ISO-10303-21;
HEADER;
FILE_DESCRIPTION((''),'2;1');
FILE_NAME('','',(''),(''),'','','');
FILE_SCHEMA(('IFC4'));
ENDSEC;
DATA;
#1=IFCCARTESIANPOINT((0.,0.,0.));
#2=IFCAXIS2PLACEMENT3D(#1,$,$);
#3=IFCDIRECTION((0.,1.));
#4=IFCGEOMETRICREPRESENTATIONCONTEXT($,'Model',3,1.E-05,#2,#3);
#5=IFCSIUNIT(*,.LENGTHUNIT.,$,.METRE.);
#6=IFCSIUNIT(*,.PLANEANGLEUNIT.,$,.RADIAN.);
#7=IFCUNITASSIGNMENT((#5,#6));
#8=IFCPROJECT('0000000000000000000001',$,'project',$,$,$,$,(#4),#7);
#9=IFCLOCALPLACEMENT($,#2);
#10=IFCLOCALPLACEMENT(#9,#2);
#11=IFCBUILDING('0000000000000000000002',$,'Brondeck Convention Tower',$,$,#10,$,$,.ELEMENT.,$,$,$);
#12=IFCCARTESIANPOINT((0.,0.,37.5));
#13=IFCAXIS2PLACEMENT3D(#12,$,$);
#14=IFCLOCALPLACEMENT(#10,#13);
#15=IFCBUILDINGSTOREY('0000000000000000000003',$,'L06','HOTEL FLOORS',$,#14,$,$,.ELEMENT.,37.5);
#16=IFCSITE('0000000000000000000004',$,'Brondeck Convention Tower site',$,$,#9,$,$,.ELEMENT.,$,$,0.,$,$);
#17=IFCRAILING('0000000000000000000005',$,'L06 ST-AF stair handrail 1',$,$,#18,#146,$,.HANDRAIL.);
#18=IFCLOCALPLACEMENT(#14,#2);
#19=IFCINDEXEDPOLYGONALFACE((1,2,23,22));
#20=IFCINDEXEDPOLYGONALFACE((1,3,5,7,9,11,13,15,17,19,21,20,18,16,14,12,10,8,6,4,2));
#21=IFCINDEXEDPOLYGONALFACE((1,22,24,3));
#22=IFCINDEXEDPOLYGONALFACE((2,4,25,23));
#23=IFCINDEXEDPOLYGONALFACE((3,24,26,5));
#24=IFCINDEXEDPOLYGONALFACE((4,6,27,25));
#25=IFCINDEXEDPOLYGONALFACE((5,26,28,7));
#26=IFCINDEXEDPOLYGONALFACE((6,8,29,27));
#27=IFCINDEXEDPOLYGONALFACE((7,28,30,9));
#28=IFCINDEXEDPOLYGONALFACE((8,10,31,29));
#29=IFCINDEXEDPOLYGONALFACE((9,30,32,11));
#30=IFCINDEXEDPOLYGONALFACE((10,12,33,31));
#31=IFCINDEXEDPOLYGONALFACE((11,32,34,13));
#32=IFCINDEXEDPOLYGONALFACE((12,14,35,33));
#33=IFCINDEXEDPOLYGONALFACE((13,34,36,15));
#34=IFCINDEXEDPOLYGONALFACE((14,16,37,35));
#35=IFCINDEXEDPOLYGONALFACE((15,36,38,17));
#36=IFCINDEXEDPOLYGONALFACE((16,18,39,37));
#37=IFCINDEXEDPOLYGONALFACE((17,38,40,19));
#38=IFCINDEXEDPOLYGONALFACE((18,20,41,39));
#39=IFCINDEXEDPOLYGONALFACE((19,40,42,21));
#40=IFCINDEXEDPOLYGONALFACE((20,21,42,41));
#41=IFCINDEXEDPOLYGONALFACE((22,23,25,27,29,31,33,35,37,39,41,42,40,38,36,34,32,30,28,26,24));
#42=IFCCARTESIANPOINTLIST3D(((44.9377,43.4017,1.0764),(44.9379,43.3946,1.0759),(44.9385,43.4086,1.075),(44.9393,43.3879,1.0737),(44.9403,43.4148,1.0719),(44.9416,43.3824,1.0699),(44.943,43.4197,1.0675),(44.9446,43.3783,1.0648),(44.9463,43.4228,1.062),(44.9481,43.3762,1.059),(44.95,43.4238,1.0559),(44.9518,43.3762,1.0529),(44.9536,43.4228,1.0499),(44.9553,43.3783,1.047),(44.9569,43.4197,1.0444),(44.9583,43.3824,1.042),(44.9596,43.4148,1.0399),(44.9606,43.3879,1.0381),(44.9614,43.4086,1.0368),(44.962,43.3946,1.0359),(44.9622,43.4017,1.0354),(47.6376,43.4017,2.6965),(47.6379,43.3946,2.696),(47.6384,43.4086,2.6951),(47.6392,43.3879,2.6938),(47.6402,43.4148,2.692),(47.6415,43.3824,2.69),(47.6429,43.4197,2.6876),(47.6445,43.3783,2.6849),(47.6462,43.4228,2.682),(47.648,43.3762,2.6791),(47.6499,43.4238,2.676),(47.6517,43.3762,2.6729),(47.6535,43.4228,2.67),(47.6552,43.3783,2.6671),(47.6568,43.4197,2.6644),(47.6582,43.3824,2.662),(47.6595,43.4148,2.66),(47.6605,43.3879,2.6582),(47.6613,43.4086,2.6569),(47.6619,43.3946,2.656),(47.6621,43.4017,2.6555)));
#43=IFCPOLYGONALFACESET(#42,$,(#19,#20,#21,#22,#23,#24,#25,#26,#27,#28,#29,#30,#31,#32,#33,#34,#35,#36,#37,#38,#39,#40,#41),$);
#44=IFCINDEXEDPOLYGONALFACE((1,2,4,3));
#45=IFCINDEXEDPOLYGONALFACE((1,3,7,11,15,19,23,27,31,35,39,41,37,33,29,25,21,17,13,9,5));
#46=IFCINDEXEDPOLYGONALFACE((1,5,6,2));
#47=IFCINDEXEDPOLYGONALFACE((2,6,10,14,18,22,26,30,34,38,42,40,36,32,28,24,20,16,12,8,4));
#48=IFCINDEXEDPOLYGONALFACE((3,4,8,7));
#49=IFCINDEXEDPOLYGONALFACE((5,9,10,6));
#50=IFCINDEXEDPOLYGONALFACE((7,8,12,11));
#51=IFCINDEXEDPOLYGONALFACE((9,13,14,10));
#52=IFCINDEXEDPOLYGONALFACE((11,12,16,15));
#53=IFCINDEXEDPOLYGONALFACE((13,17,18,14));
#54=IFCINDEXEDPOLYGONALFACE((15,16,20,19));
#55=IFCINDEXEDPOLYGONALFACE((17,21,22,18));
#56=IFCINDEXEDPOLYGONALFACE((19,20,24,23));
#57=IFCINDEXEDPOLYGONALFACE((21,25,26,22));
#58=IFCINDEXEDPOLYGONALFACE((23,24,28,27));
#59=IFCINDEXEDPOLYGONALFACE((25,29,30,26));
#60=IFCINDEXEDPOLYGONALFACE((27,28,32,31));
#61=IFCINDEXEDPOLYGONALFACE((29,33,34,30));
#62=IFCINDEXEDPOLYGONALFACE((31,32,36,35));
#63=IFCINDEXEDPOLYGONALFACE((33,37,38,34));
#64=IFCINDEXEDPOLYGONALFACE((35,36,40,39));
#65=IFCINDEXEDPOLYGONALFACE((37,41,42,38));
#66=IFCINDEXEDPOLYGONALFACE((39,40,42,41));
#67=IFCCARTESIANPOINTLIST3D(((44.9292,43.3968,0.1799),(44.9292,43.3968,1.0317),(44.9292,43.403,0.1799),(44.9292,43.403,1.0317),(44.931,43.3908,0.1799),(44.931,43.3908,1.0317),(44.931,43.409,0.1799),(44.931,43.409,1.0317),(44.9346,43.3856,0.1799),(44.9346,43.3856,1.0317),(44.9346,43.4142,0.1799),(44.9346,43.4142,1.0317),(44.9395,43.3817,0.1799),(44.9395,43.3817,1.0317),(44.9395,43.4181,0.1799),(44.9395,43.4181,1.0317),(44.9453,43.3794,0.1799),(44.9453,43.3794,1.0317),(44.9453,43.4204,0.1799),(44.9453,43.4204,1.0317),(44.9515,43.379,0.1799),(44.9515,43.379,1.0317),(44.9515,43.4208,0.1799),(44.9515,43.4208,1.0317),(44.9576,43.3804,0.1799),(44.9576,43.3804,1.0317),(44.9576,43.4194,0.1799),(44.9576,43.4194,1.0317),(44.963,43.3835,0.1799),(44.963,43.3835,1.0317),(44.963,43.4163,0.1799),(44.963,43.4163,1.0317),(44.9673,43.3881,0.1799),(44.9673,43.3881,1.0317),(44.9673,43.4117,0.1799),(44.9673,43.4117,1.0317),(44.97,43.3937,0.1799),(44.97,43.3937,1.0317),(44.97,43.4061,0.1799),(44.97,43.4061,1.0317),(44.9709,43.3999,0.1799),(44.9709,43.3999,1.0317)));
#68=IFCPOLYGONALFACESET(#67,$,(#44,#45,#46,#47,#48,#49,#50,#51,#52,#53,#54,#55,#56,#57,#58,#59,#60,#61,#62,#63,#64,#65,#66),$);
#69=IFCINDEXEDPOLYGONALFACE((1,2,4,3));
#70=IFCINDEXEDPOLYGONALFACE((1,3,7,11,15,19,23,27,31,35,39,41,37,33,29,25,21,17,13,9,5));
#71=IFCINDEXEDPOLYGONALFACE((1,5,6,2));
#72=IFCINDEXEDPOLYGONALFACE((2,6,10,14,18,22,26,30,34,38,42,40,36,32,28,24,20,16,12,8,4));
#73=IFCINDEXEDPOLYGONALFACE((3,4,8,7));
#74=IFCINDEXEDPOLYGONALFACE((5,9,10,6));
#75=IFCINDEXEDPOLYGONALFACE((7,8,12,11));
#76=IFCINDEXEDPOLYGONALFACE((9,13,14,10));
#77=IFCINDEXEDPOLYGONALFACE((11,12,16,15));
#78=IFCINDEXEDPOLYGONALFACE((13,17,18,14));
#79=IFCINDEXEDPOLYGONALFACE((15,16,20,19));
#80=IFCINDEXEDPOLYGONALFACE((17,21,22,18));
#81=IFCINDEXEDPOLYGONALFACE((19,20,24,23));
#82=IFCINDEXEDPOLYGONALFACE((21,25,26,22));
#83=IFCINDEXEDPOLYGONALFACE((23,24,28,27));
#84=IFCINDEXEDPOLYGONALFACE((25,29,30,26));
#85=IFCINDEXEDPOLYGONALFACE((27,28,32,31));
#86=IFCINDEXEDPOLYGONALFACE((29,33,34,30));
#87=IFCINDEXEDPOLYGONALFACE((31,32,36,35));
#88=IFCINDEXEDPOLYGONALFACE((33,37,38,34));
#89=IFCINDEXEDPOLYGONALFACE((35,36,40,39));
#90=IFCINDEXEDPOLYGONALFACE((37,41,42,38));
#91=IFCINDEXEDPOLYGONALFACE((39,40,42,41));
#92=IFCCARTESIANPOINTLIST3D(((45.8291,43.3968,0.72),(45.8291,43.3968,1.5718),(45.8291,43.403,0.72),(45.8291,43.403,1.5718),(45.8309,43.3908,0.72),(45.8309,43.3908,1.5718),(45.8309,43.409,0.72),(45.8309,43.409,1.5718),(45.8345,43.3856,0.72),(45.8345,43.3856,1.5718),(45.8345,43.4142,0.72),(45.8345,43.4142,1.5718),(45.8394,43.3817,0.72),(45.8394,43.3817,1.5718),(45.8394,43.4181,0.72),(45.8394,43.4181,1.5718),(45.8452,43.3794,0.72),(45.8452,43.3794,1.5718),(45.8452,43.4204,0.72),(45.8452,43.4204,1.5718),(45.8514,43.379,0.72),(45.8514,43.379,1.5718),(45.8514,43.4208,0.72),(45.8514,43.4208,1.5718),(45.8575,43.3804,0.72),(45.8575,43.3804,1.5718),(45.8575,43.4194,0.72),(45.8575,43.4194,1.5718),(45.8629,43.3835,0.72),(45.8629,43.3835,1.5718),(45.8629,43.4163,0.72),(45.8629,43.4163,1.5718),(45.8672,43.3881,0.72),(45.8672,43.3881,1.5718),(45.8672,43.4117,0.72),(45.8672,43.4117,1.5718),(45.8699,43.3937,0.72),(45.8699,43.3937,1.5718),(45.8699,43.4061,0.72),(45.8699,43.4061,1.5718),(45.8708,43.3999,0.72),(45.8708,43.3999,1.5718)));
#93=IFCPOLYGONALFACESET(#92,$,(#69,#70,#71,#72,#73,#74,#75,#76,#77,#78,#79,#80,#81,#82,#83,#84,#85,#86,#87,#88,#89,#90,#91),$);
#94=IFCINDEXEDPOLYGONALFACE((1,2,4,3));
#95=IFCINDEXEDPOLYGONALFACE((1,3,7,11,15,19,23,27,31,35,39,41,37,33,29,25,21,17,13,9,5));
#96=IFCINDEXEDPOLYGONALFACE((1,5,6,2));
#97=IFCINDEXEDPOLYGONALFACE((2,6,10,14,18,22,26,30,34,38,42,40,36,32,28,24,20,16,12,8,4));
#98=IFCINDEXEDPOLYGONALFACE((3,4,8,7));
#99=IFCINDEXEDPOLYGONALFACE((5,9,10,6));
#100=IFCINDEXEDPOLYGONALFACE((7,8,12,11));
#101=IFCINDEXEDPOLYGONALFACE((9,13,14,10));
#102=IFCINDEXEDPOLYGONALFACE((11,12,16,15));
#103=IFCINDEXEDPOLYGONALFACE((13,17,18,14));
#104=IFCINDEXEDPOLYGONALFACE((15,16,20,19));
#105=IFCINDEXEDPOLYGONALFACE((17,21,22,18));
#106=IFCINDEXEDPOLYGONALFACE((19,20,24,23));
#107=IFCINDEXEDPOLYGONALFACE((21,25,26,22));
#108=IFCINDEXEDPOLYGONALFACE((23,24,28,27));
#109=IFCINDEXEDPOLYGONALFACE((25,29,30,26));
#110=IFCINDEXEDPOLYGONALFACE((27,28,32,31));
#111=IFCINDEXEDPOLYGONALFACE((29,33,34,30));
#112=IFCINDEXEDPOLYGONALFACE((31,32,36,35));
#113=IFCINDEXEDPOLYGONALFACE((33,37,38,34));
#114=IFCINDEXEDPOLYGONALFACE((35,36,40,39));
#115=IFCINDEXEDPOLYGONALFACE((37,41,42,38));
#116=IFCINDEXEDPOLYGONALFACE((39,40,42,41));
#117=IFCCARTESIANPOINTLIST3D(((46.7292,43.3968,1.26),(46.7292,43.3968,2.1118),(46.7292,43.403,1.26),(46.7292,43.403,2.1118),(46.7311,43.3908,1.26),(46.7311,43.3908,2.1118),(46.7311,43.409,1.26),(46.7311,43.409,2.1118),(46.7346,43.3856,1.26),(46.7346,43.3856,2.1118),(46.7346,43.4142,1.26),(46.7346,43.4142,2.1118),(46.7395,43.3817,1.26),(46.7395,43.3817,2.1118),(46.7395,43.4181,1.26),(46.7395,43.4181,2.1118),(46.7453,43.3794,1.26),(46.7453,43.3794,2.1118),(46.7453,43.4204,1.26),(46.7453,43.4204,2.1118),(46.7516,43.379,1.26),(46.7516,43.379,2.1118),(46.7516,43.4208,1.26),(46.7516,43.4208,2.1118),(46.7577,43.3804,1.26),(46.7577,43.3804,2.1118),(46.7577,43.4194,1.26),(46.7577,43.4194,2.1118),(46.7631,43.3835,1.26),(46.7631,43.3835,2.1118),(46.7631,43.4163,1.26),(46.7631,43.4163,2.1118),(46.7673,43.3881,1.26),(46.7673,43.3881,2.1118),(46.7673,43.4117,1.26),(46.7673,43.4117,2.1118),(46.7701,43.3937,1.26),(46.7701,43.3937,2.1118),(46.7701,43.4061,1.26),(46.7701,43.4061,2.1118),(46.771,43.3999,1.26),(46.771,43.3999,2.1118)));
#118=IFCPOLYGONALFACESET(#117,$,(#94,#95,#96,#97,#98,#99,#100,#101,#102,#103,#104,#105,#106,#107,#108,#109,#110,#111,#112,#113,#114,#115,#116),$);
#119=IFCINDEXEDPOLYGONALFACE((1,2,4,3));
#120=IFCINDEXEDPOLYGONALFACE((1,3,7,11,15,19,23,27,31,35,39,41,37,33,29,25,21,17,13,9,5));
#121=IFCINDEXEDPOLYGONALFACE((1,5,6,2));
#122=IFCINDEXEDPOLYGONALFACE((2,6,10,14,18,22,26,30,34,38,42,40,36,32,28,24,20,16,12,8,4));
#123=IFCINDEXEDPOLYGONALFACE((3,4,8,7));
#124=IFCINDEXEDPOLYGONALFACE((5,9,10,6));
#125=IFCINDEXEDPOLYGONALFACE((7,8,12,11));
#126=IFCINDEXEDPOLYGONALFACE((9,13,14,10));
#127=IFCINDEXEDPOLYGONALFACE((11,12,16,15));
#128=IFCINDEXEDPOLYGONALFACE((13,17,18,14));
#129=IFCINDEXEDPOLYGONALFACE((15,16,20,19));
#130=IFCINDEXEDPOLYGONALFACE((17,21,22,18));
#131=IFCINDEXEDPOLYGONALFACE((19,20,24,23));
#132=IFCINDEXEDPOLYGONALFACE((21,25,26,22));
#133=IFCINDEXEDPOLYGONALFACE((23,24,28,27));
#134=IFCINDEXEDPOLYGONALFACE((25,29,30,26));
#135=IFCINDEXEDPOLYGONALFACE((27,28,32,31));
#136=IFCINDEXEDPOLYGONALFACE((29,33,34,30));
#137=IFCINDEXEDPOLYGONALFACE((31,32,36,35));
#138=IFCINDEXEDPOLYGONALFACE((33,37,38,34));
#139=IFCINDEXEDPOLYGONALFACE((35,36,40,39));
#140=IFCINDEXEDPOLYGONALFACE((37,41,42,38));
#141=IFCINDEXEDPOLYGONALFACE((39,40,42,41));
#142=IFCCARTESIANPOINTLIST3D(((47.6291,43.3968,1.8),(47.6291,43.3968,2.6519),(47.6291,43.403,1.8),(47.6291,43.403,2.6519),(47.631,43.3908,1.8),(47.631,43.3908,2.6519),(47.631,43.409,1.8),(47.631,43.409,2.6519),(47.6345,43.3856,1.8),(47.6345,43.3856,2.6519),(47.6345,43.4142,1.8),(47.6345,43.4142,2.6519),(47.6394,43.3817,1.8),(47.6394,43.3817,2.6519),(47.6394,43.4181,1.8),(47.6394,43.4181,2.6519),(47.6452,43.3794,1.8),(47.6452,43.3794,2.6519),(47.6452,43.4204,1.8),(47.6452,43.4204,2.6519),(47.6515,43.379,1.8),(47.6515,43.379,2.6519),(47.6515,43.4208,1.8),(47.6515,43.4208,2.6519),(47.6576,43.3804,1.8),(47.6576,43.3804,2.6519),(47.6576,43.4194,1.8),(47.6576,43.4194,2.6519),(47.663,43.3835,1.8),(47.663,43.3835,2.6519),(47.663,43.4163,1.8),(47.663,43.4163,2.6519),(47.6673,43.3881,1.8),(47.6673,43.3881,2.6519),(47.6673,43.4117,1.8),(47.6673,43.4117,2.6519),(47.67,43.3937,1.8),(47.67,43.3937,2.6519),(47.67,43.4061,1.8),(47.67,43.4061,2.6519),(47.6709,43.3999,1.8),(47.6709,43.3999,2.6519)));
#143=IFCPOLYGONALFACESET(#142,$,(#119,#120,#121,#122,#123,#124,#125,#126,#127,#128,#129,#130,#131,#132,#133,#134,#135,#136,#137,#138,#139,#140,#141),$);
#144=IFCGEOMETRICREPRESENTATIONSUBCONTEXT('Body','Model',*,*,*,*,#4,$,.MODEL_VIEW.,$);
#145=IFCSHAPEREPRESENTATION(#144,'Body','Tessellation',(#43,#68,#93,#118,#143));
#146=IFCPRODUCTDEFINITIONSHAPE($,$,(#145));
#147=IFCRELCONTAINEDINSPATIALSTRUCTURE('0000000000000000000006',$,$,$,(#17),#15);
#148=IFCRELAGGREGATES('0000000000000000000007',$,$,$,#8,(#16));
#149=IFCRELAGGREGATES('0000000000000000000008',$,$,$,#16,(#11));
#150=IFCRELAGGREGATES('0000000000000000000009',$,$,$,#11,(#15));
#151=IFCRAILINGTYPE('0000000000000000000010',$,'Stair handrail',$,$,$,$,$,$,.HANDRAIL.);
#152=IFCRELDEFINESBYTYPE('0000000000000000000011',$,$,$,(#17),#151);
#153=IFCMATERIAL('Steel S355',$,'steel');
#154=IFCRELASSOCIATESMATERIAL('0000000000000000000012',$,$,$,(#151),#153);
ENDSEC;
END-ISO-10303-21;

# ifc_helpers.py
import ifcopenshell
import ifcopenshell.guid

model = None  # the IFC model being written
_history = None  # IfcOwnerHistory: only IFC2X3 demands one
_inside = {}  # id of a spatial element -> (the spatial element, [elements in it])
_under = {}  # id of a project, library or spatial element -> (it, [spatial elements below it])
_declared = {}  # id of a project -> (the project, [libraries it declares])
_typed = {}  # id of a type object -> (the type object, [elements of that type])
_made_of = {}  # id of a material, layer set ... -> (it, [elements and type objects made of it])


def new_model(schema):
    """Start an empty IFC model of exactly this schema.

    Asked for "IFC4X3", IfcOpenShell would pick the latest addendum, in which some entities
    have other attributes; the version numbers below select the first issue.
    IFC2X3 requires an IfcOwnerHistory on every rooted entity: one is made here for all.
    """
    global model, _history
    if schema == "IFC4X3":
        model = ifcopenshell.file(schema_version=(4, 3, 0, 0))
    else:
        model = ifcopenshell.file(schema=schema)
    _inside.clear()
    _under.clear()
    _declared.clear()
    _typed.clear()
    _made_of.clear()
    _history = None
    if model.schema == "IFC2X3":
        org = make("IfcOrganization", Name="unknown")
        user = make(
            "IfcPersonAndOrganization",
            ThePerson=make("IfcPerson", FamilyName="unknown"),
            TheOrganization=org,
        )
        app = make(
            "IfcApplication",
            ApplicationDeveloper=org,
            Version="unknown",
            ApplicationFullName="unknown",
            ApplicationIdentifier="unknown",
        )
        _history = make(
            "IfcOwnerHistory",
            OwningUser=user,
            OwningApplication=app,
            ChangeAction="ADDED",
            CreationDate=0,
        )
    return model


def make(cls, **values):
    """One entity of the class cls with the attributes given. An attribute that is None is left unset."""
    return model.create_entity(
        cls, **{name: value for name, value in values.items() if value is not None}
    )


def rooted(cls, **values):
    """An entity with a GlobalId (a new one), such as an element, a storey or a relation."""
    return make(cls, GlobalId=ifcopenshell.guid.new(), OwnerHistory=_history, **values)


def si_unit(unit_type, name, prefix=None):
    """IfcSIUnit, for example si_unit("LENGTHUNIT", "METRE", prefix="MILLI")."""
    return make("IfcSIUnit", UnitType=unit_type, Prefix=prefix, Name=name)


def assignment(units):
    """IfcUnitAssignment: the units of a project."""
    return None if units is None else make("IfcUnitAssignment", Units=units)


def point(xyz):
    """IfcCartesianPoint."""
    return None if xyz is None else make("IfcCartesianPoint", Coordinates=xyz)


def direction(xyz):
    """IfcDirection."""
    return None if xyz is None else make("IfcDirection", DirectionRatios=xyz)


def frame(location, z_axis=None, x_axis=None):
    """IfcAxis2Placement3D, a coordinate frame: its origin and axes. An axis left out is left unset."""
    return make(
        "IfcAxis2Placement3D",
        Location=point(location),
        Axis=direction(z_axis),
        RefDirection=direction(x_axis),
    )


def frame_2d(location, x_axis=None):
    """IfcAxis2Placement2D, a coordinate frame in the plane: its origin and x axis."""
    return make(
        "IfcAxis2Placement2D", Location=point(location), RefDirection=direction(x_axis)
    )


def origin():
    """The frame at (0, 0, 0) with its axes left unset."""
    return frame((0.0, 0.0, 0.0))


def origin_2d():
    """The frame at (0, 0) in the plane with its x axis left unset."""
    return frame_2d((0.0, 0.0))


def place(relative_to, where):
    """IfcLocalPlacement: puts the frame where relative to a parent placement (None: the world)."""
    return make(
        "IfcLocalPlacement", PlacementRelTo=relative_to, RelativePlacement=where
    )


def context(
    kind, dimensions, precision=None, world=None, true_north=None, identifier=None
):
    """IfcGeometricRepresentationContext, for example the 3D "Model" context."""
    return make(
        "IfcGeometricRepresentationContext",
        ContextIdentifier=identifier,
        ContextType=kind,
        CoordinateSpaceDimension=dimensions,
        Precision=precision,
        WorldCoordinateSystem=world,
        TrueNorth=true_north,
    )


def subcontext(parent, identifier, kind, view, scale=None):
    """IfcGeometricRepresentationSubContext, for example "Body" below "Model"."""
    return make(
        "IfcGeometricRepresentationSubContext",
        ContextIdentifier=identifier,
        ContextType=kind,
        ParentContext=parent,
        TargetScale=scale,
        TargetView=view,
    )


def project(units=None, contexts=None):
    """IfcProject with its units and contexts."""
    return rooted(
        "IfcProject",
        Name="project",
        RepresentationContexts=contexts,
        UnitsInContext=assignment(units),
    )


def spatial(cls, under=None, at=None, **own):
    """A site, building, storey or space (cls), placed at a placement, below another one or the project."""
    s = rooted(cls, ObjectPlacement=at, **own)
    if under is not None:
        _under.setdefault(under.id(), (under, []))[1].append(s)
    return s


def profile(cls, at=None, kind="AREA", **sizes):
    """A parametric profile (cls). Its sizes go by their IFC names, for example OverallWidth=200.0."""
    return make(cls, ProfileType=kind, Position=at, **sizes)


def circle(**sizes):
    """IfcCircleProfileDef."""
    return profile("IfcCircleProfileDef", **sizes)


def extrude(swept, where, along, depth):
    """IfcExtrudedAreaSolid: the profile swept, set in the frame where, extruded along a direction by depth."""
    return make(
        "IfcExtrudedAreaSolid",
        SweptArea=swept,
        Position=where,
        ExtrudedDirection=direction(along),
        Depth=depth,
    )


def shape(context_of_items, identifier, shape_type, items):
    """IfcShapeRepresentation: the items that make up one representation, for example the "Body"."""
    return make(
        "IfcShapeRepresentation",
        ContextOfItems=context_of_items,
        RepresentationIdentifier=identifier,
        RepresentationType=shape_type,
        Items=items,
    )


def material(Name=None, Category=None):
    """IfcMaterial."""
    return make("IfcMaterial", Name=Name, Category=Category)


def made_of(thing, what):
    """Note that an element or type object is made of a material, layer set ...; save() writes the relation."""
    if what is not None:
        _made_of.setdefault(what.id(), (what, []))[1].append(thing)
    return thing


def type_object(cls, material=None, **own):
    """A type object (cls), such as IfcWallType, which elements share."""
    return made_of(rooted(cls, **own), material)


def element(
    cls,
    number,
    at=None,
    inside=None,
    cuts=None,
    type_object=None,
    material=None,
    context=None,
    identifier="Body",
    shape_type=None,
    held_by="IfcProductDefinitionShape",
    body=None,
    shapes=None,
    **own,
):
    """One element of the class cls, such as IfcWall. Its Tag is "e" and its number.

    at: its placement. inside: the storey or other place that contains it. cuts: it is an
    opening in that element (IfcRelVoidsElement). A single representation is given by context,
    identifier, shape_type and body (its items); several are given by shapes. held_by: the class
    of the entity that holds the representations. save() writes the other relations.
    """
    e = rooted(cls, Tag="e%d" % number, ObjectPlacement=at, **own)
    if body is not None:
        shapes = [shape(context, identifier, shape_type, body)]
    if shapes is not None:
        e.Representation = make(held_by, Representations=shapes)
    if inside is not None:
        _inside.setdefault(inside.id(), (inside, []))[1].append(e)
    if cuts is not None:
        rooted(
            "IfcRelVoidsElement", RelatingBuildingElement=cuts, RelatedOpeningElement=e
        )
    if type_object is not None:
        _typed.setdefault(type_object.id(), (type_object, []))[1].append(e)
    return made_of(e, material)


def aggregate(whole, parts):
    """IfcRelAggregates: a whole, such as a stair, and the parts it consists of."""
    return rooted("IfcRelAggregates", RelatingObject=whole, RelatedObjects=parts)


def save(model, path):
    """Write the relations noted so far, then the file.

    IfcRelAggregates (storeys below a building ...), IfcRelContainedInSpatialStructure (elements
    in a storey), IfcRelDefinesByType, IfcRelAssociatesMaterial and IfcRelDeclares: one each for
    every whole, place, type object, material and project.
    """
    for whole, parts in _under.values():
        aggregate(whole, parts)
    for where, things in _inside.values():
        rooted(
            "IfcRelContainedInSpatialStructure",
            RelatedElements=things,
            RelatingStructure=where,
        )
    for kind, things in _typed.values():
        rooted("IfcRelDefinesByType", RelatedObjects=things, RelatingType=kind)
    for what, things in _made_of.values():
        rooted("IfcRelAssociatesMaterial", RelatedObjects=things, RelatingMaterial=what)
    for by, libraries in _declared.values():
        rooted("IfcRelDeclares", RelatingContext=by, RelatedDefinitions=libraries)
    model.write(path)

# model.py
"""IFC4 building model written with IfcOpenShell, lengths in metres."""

from ifc_helpers import new_model, si_unit, direction, frame, origin, origin_2d, place, context, subcontext, project, spatial, circle, extrude, material, type_object, element, save


model = new_model("IFC4")

# Units and contexts
model_context = context("Model", 3, precision=1e-05, world=origin(), true_north=direction((0.0, 1.0)))
body_context = subcontext(model_context, "Body", "Model", "MODEL_VIEW")
ifc_project = project(units=[si_unit("LENGTHUNIT", "METRE"), si_unit("PLANEANGLEUNIT", "RADIAN")], contexts=[model_context])

# Site, building, storey
site_placement = place(None, origin())
site = spatial("IfcSite", under=ifc_project, at=site_placement, Name="Brondeck Convention Tower site", CompositionType="ELEMENT", RefElevation=0.0)
building_placement = place(site_placement, origin())
building = spatial("IfcBuilding", under=site, at=building_placement, Name="Brondeck Convention Tower", CompositionType="ELEMENT")
storey_placement = place(building_placement, frame((0.0, 0.0, 37.5)))
storey = spatial("IfcBuildingStorey", under=building, at=storey_placement, Name="L06", Description="HOTEL FLOORS", CompositionType="ELEMENT", Elevation=37.5)

# Shared definitions
ifc_material_1 = material(Name="Steel S355", Category="steel")

# Railing
railing_type_1 = type_object("IfcRailingType", Name="Stair handrail", PredefinedType="HANDRAIL", material=ifc_material_1)
railing_1_placement = place(storey_placement, frame((44.95, 43.3999, 0.1799)))
element("IfcRailing", 1, at=railing_1_placement, inside=storey, type_object=railing_type_1, Name="L06 ST-AF stair handrail 1", PredefinedType="HANDRAIL", context=body_context, shape_type="SweptSolid", body=[
    extrude(circle(Radius=0.0239, at=origin_2d()), frame((0.0, 0.0, 0.876), z_axis=(0.857472, 0.0, 0.51453), x_axis=(0.0, 1.0, 0.0)), (0.0, 0.0, 1.0), 3.1487),
    extrude(circle(Radius=0.021, at=origin_2d()), origin(), (0.0, 0.0, 1.0), 0.8518),
    extrude(circle(Radius=0.021, at=origin_2d()), frame((0.8999, 0.0, 0.54)), (0.0, 0.0, 1.0), 0.8518),
    extrude(circle(Radius=0.021, at=origin_2d()), frame((1.8, 0.0, 1.0801)), (0.0, 0.0, 1.0), 0.8518),
    extrude(circle(Radius=0.021, at=origin_2d()), frame((2.7, 0.0, 1.6201)), (0.0, 0.0, 1.0), 0.8518),
])

save(model, "model.ifc")
